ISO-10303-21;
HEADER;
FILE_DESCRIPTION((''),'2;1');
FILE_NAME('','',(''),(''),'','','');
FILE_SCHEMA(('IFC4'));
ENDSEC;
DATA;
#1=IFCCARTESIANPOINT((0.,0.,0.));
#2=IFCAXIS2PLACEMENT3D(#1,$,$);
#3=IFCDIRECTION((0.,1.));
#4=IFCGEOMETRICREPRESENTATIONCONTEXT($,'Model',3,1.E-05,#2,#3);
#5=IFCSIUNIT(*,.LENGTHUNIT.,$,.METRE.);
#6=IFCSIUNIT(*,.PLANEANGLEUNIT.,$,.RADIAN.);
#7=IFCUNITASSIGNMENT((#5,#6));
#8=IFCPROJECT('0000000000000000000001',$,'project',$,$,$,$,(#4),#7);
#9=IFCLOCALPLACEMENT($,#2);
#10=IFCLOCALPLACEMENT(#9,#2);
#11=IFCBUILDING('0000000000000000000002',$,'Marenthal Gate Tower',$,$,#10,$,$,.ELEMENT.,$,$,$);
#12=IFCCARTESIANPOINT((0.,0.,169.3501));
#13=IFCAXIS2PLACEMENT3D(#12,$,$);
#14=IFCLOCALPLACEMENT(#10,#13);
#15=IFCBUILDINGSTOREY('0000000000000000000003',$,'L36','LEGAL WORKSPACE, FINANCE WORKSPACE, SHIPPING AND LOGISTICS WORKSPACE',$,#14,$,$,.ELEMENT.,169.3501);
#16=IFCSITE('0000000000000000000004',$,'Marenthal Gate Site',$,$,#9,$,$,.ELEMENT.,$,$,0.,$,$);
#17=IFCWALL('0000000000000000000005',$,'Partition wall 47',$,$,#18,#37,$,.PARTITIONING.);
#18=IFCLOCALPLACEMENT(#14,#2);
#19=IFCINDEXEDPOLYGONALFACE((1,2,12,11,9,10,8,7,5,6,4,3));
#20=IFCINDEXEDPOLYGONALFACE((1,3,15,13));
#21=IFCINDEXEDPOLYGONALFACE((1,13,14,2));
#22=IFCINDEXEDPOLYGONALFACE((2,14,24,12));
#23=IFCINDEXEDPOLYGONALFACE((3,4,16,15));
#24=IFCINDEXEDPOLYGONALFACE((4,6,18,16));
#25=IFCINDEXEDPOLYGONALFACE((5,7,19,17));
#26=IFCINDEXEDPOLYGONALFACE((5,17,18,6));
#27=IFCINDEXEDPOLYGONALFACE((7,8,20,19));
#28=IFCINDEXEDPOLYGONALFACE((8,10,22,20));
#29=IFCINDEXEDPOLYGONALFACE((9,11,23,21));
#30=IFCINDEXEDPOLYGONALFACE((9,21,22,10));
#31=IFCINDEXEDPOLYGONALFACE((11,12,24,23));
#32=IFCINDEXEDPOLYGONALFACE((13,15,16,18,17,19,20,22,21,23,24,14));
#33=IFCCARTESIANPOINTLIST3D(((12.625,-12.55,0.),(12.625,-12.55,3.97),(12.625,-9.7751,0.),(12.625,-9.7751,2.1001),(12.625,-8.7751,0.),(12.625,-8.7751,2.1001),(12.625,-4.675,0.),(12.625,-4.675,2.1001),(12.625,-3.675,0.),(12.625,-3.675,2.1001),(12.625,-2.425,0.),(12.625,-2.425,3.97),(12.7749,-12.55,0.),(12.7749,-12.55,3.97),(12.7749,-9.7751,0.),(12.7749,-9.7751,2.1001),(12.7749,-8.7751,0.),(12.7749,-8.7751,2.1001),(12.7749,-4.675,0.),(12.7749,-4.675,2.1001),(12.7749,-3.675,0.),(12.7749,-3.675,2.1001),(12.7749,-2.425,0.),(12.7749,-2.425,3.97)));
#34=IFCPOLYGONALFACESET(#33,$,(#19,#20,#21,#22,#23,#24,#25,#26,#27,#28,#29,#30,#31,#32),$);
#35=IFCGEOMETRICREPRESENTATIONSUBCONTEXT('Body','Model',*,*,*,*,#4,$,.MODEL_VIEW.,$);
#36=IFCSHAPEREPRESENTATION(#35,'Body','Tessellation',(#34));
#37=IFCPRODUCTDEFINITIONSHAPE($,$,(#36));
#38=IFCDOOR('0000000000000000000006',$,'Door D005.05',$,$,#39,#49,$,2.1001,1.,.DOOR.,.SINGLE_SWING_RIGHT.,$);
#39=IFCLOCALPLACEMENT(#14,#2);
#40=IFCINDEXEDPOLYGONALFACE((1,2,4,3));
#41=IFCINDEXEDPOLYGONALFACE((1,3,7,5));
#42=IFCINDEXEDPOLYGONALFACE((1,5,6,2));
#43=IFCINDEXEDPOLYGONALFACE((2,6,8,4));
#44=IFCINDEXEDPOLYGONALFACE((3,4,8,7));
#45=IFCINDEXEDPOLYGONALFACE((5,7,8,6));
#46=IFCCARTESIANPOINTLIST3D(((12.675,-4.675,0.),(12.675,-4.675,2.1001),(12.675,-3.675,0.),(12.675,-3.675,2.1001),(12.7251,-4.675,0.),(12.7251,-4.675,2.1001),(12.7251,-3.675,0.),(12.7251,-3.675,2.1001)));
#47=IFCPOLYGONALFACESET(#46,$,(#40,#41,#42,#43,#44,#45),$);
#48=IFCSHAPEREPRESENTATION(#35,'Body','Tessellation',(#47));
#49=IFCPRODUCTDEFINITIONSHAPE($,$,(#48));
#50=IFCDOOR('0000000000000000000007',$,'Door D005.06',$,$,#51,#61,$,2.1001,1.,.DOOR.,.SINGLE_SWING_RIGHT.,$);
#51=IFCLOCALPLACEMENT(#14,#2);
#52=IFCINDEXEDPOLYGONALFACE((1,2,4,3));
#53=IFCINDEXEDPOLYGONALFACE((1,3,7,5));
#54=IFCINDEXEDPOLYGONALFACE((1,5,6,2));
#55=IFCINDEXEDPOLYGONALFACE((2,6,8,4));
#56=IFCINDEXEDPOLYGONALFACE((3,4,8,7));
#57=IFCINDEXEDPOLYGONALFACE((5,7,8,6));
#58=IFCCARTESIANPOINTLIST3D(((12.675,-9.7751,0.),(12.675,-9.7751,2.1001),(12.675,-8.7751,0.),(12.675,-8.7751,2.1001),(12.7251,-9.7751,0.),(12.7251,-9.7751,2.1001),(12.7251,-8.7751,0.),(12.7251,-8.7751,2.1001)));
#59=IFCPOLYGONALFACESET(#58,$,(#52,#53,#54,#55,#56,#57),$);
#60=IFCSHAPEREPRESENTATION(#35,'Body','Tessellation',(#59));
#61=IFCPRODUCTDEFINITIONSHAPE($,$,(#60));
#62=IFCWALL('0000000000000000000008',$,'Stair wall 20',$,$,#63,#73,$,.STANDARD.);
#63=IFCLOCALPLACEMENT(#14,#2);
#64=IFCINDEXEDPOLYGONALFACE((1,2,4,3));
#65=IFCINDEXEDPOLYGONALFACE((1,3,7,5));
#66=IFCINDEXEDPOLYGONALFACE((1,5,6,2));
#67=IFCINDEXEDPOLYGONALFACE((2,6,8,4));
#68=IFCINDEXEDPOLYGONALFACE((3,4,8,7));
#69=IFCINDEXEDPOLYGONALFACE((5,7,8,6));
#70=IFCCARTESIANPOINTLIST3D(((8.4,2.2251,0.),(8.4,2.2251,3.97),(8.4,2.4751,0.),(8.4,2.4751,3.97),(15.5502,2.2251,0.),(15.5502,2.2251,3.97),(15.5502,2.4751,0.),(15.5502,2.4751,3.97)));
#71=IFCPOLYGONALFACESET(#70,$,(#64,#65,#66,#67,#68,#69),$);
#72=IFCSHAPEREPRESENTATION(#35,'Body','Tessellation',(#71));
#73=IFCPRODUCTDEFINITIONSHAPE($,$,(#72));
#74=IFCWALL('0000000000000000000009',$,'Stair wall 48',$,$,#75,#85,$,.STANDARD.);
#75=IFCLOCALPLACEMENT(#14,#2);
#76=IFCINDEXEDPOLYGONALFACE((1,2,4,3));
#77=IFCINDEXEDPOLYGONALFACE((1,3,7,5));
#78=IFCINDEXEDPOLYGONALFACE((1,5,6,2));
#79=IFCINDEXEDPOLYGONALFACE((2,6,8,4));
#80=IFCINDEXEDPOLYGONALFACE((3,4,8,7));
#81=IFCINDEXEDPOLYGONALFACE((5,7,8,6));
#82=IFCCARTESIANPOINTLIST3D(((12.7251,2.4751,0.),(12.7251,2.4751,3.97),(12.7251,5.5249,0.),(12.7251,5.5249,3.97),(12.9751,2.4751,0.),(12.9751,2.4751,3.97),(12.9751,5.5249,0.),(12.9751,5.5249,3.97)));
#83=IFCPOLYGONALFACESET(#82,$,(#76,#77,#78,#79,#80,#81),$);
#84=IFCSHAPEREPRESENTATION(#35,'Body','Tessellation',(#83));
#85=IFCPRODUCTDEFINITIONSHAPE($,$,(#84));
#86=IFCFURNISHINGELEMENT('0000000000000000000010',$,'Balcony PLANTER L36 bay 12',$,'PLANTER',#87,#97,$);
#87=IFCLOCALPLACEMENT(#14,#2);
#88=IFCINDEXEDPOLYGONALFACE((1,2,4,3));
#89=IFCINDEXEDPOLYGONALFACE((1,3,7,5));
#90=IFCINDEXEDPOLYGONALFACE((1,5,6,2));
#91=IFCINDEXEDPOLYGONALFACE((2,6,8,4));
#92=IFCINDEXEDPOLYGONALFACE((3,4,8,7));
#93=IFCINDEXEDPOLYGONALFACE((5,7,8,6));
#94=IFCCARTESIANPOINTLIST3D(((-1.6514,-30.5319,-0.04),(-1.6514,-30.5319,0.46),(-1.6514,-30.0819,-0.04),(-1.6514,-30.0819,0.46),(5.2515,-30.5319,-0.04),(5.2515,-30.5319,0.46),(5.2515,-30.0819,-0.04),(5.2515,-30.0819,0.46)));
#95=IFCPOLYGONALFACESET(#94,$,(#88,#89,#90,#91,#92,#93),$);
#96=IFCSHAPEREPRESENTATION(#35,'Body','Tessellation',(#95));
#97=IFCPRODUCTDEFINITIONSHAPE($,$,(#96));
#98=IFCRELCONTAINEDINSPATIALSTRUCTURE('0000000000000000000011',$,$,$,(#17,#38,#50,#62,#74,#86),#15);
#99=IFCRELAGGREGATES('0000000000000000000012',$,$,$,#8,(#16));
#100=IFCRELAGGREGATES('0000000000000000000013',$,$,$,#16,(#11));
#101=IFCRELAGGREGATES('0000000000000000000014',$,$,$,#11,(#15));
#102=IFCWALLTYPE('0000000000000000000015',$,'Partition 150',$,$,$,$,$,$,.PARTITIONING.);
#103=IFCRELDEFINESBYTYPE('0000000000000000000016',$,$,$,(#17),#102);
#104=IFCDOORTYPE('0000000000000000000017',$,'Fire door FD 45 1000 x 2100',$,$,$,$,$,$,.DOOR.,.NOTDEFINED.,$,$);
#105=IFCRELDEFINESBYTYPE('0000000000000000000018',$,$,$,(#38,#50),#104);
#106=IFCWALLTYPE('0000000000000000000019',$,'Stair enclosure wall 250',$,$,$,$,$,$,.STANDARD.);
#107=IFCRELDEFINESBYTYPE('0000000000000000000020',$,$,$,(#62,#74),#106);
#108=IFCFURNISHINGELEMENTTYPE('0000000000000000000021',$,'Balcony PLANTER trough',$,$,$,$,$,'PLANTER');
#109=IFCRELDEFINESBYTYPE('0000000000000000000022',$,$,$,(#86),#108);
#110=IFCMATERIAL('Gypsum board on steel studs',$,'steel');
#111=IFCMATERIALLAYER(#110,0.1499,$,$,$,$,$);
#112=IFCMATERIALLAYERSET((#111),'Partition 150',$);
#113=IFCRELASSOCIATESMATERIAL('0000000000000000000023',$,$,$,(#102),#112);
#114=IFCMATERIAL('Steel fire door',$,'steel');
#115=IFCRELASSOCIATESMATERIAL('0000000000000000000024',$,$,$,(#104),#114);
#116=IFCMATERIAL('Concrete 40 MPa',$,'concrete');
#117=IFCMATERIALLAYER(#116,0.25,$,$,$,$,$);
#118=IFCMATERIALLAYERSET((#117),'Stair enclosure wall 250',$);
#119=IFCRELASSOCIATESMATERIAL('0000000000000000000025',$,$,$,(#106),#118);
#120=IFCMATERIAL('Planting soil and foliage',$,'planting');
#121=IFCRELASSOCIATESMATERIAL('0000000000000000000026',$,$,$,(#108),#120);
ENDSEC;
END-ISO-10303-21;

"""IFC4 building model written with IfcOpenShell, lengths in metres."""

from ifc_helpers import new_model, si_unit, direction, frame, frame_2d, origin, origin_2d, place, context, subcontext, project, spatial, rectangle, extrude, material, layer, layer_set, type_object, element, fill, save


model = new_model("IFC4")

# Units and contexts
model_context = context("Model", 3, precision=1e-05, world=origin(), true_north=direction((0.0, 1.0)))
body_context = subcontext(model_context, "Body", "Model", "MODEL_VIEW")
ifc_project = project(units=[si_unit("LENGTHUNIT", "METRE"), si_unit("PLANEANGLEUNIT", "RADIAN")], contexts=[model_context])

# Site, building, storey
site_placement = place(None, origin())
site = spatial("IfcSite", under=ifc_project, at=site_placement, Name="Marenthal Gate Site", CompositionType="ELEMENT", RefElevation=0.0)
building_placement = place(site_placement, origin())
building = spatial("IfcBuilding", under=site, at=building_placement, Name="Marenthal Gate Tower", CompositionType="ELEMENT")
storey_placement = place(building_placement, frame((0.0, 0.0, 169.3501)))
storey = spatial("IfcBuildingStorey", under=building, at=storey_placement, Name="L36", Description="LEGAL WORKSPACE, FINANCE WORKSPACE, SHIPPING AND LOGISTICS WORKSPACE", CompositionType="ELEMENT", Elevation=169.3501)

# Shared definitions
ifc_material_1 = material(Name="Gypsum board on steel studs", Category="steel")
ifc_layer_1 = layer(ifc_material_1, 0.1499)
ifc_layer_set_1 = layer_set([ifc_layer_1], Name="Partition 150")
wall_type_1 = type_object("IfcWallType", Name="Partition 150", PredefinedType="PARTITIONING", material=ifc_layer_set_1)

# Wall, openings, doors
wall_1_placement = place(storey_placement, frame((12.7, -12.55, 0.0), z_axis=(0.0, 0.0, 1.0), x_axis=(0.0, 1.0, 0.0)))
wall_1 = element("IfcWall", 1, at=wall_1_placement, inside=storey, type_object=wall_type_1, Name="Partition wall 47", PredefinedType="PARTITIONING", context=body_context, shape_type="SweptSolid", body=[
    extrude(rectangle(XDim=10.125, YDim=0.1499, at=frame_2d((5.0625, 0.0))), origin(), (0.0, 0.0, 1.0), 3.97),
])
opening_1_placement = place(wall_1_placement, frame((7.875, 0.0, 0.0)))
opening_1 = element("IfcOpeningElement", 2, at=opening_1_placement, cuts=wall_1, PredefinedType="OPENING", context=body_context, shape_type="SweptSolid", body=[
    extrude(rectangle(XDim=1.0, YDim=2.1001, at=frame_2d((0.5, 1.05))), frame((0.0, 0.085, 0.0), z_axis=(0.0, -1.0, 0.0), x_axis=(1.0, 0.0, 0.0)), (0.0, 0.0, 1.0), 0.1699),
])
opening_2_placement = place(wall_1_placement, frame((2.7749, 0.0, 0.0)))
opening_2 = element("IfcOpeningElement", 3, at=opening_2_placement, cuts=wall_1, PredefinedType="OPENING", context=body_context, shape_type="SweptSolid", body=[
    extrude(rectangle(XDim=1.0, YDim=2.1001, at=frame_2d((0.5, 1.05))), frame((0.0, 0.085, 0.0), z_axis=(0.0, -1.0, 0.0), x_axis=(1.0, 0.0, 0.0)), (0.0, 0.0, 1.0), 0.1699),
])
ifc_material_2 = material(Name="Steel fire door", Category="steel")
door_type_1 = type_object("IfcDoorType", Name="Fire door FD 45 1000 x 2100", OperationType="NOTDEFINED", PredefinedType="DOOR", material=ifc_material_2)
door_1_placement = place(opening_1_placement, origin())
door_1 = element("IfcDoor", 4, at=door_1_placement, inside=storey, type_object=door_type_1, Name="Door D005.05", OperationType="SINGLE_SWING_RIGHT", OverallHeight=2.1001, OverallWidth=1.0, PredefinedType="DOOR", context=body_context, shape_type="SweptSolid", body=[
    extrude(rectangle(XDim=1.0, YDim=2.1001, at=frame_2d((0.5, 1.05))), frame((0.0, 0.0249, 0.0), z_axis=(0.0, -1.0, 0.0), x_axis=(1.0, 0.0, 0.0)), (0.0, 0.0, 1.0), 0.05),
])
fill(opening_1, door_1)
door_2_placement = place(opening_2_placement, origin())
door_2 = element("IfcDoor", 5, at=door_2_placement, inside=storey, type_object=door_type_1, Name="Door D005.06", OperationType="SINGLE_SWING_RIGHT", OverallHeight=2.1001, OverallWidth=1.0, PredefinedType="DOOR", context=body_context, shape_type="SweptSolid", body=[
    extrude(rectangle(XDim=1.0, YDim=2.1001, at=frame_2d((0.5, 1.05))), frame((0.0, 0.0249, 0.0), z_axis=(0.0, -1.0, 0.0), x_axis=(1.0, 0.0, 0.0)), (0.0, 0.0, 1.0), 0.05),
])
fill(opening_2, door_2)

# Walls
ifc_material_3 = material(Name="Concrete 40 MPa", Category="concrete")
ifc_layer_2 = layer(ifc_material_3, 0.25)
ifc_layer_set_2 = layer_set([ifc_layer_2], Name="Stair enclosure wall 250")
wall_type_2 = type_object("IfcWallType", Name="Stair enclosure wall 250", PredefinedType="STANDARD", material=ifc_layer_set_2)
wall_2_placement = place(storey_placement, frame((8.3999, 2.3501, 0.0), z_axis=(0.0, 0.0, 1.0), x_axis=(1.0, 0.0, 0.0)))
element("IfcWall", 6, at=wall_2_placement, inside=storey, type_object=wall_type_2, Name="Stair wall 20", PredefinedType="STANDARD", context=body_context, shape_type="SweptSolid", body=[
    extrude(rectangle(XDim=7.1501, YDim=0.25, at=frame_2d((3.5752, 0.0))), origin(), (0.0, 0.0, 1.0), 3.97),
])
wall_3_placement = place(storey_placement, frame((12.8501, 2.4751, 0.0), z_axis=(0.0, 0.0, 1.0), x_axis=(0.0, 1.0, 0.0)))
element("IfcWall", 7, at=wall_3_placement, inside=storey, type_object=wall_type_2, Name="Stair wall 48", PredefinedType="STANDARD", context=body_context, shape_type="SweptSolid", body=[
    extrude(rectangle(XDim=3.0498, YDim=0.25, at=frame_2d((1.5249, 0.0))), origin(), (0.0, 0.0, 1.0), 3.97),
])

# Furnishing element
ifc_material_4 = material(Name="Planting soil and foliage", Category="planting")
furnishing_element_type = type_object("IfcFurnishingElementType", Name="Balcony PLANTER trough", ElementType="PLANTER", material=ifc_material_4)
furnishing_placement = place(storey_placement, frame((1.8, -30.3069, -0.04), z_axis=(0.0, 0.0, 1.0), x_axis=(1.0, 0.0, 0.0)))
element("IfcFurnishingElement", 8, at=furnishing_placement, inside=storey, type_object=furnishing_element_type, Name="Balcony PLANTER L36 bay 12", ObjectType="PLANTER", context=body_context, shape_type="SweptSolid", body=[
    extrude(rectangle(XDim=6.9028, YDim=0.45, at=origin_2d()), origin(), (0.0, 0.0, 1.0), 0.5),
])

save(model, "model.ifc")
